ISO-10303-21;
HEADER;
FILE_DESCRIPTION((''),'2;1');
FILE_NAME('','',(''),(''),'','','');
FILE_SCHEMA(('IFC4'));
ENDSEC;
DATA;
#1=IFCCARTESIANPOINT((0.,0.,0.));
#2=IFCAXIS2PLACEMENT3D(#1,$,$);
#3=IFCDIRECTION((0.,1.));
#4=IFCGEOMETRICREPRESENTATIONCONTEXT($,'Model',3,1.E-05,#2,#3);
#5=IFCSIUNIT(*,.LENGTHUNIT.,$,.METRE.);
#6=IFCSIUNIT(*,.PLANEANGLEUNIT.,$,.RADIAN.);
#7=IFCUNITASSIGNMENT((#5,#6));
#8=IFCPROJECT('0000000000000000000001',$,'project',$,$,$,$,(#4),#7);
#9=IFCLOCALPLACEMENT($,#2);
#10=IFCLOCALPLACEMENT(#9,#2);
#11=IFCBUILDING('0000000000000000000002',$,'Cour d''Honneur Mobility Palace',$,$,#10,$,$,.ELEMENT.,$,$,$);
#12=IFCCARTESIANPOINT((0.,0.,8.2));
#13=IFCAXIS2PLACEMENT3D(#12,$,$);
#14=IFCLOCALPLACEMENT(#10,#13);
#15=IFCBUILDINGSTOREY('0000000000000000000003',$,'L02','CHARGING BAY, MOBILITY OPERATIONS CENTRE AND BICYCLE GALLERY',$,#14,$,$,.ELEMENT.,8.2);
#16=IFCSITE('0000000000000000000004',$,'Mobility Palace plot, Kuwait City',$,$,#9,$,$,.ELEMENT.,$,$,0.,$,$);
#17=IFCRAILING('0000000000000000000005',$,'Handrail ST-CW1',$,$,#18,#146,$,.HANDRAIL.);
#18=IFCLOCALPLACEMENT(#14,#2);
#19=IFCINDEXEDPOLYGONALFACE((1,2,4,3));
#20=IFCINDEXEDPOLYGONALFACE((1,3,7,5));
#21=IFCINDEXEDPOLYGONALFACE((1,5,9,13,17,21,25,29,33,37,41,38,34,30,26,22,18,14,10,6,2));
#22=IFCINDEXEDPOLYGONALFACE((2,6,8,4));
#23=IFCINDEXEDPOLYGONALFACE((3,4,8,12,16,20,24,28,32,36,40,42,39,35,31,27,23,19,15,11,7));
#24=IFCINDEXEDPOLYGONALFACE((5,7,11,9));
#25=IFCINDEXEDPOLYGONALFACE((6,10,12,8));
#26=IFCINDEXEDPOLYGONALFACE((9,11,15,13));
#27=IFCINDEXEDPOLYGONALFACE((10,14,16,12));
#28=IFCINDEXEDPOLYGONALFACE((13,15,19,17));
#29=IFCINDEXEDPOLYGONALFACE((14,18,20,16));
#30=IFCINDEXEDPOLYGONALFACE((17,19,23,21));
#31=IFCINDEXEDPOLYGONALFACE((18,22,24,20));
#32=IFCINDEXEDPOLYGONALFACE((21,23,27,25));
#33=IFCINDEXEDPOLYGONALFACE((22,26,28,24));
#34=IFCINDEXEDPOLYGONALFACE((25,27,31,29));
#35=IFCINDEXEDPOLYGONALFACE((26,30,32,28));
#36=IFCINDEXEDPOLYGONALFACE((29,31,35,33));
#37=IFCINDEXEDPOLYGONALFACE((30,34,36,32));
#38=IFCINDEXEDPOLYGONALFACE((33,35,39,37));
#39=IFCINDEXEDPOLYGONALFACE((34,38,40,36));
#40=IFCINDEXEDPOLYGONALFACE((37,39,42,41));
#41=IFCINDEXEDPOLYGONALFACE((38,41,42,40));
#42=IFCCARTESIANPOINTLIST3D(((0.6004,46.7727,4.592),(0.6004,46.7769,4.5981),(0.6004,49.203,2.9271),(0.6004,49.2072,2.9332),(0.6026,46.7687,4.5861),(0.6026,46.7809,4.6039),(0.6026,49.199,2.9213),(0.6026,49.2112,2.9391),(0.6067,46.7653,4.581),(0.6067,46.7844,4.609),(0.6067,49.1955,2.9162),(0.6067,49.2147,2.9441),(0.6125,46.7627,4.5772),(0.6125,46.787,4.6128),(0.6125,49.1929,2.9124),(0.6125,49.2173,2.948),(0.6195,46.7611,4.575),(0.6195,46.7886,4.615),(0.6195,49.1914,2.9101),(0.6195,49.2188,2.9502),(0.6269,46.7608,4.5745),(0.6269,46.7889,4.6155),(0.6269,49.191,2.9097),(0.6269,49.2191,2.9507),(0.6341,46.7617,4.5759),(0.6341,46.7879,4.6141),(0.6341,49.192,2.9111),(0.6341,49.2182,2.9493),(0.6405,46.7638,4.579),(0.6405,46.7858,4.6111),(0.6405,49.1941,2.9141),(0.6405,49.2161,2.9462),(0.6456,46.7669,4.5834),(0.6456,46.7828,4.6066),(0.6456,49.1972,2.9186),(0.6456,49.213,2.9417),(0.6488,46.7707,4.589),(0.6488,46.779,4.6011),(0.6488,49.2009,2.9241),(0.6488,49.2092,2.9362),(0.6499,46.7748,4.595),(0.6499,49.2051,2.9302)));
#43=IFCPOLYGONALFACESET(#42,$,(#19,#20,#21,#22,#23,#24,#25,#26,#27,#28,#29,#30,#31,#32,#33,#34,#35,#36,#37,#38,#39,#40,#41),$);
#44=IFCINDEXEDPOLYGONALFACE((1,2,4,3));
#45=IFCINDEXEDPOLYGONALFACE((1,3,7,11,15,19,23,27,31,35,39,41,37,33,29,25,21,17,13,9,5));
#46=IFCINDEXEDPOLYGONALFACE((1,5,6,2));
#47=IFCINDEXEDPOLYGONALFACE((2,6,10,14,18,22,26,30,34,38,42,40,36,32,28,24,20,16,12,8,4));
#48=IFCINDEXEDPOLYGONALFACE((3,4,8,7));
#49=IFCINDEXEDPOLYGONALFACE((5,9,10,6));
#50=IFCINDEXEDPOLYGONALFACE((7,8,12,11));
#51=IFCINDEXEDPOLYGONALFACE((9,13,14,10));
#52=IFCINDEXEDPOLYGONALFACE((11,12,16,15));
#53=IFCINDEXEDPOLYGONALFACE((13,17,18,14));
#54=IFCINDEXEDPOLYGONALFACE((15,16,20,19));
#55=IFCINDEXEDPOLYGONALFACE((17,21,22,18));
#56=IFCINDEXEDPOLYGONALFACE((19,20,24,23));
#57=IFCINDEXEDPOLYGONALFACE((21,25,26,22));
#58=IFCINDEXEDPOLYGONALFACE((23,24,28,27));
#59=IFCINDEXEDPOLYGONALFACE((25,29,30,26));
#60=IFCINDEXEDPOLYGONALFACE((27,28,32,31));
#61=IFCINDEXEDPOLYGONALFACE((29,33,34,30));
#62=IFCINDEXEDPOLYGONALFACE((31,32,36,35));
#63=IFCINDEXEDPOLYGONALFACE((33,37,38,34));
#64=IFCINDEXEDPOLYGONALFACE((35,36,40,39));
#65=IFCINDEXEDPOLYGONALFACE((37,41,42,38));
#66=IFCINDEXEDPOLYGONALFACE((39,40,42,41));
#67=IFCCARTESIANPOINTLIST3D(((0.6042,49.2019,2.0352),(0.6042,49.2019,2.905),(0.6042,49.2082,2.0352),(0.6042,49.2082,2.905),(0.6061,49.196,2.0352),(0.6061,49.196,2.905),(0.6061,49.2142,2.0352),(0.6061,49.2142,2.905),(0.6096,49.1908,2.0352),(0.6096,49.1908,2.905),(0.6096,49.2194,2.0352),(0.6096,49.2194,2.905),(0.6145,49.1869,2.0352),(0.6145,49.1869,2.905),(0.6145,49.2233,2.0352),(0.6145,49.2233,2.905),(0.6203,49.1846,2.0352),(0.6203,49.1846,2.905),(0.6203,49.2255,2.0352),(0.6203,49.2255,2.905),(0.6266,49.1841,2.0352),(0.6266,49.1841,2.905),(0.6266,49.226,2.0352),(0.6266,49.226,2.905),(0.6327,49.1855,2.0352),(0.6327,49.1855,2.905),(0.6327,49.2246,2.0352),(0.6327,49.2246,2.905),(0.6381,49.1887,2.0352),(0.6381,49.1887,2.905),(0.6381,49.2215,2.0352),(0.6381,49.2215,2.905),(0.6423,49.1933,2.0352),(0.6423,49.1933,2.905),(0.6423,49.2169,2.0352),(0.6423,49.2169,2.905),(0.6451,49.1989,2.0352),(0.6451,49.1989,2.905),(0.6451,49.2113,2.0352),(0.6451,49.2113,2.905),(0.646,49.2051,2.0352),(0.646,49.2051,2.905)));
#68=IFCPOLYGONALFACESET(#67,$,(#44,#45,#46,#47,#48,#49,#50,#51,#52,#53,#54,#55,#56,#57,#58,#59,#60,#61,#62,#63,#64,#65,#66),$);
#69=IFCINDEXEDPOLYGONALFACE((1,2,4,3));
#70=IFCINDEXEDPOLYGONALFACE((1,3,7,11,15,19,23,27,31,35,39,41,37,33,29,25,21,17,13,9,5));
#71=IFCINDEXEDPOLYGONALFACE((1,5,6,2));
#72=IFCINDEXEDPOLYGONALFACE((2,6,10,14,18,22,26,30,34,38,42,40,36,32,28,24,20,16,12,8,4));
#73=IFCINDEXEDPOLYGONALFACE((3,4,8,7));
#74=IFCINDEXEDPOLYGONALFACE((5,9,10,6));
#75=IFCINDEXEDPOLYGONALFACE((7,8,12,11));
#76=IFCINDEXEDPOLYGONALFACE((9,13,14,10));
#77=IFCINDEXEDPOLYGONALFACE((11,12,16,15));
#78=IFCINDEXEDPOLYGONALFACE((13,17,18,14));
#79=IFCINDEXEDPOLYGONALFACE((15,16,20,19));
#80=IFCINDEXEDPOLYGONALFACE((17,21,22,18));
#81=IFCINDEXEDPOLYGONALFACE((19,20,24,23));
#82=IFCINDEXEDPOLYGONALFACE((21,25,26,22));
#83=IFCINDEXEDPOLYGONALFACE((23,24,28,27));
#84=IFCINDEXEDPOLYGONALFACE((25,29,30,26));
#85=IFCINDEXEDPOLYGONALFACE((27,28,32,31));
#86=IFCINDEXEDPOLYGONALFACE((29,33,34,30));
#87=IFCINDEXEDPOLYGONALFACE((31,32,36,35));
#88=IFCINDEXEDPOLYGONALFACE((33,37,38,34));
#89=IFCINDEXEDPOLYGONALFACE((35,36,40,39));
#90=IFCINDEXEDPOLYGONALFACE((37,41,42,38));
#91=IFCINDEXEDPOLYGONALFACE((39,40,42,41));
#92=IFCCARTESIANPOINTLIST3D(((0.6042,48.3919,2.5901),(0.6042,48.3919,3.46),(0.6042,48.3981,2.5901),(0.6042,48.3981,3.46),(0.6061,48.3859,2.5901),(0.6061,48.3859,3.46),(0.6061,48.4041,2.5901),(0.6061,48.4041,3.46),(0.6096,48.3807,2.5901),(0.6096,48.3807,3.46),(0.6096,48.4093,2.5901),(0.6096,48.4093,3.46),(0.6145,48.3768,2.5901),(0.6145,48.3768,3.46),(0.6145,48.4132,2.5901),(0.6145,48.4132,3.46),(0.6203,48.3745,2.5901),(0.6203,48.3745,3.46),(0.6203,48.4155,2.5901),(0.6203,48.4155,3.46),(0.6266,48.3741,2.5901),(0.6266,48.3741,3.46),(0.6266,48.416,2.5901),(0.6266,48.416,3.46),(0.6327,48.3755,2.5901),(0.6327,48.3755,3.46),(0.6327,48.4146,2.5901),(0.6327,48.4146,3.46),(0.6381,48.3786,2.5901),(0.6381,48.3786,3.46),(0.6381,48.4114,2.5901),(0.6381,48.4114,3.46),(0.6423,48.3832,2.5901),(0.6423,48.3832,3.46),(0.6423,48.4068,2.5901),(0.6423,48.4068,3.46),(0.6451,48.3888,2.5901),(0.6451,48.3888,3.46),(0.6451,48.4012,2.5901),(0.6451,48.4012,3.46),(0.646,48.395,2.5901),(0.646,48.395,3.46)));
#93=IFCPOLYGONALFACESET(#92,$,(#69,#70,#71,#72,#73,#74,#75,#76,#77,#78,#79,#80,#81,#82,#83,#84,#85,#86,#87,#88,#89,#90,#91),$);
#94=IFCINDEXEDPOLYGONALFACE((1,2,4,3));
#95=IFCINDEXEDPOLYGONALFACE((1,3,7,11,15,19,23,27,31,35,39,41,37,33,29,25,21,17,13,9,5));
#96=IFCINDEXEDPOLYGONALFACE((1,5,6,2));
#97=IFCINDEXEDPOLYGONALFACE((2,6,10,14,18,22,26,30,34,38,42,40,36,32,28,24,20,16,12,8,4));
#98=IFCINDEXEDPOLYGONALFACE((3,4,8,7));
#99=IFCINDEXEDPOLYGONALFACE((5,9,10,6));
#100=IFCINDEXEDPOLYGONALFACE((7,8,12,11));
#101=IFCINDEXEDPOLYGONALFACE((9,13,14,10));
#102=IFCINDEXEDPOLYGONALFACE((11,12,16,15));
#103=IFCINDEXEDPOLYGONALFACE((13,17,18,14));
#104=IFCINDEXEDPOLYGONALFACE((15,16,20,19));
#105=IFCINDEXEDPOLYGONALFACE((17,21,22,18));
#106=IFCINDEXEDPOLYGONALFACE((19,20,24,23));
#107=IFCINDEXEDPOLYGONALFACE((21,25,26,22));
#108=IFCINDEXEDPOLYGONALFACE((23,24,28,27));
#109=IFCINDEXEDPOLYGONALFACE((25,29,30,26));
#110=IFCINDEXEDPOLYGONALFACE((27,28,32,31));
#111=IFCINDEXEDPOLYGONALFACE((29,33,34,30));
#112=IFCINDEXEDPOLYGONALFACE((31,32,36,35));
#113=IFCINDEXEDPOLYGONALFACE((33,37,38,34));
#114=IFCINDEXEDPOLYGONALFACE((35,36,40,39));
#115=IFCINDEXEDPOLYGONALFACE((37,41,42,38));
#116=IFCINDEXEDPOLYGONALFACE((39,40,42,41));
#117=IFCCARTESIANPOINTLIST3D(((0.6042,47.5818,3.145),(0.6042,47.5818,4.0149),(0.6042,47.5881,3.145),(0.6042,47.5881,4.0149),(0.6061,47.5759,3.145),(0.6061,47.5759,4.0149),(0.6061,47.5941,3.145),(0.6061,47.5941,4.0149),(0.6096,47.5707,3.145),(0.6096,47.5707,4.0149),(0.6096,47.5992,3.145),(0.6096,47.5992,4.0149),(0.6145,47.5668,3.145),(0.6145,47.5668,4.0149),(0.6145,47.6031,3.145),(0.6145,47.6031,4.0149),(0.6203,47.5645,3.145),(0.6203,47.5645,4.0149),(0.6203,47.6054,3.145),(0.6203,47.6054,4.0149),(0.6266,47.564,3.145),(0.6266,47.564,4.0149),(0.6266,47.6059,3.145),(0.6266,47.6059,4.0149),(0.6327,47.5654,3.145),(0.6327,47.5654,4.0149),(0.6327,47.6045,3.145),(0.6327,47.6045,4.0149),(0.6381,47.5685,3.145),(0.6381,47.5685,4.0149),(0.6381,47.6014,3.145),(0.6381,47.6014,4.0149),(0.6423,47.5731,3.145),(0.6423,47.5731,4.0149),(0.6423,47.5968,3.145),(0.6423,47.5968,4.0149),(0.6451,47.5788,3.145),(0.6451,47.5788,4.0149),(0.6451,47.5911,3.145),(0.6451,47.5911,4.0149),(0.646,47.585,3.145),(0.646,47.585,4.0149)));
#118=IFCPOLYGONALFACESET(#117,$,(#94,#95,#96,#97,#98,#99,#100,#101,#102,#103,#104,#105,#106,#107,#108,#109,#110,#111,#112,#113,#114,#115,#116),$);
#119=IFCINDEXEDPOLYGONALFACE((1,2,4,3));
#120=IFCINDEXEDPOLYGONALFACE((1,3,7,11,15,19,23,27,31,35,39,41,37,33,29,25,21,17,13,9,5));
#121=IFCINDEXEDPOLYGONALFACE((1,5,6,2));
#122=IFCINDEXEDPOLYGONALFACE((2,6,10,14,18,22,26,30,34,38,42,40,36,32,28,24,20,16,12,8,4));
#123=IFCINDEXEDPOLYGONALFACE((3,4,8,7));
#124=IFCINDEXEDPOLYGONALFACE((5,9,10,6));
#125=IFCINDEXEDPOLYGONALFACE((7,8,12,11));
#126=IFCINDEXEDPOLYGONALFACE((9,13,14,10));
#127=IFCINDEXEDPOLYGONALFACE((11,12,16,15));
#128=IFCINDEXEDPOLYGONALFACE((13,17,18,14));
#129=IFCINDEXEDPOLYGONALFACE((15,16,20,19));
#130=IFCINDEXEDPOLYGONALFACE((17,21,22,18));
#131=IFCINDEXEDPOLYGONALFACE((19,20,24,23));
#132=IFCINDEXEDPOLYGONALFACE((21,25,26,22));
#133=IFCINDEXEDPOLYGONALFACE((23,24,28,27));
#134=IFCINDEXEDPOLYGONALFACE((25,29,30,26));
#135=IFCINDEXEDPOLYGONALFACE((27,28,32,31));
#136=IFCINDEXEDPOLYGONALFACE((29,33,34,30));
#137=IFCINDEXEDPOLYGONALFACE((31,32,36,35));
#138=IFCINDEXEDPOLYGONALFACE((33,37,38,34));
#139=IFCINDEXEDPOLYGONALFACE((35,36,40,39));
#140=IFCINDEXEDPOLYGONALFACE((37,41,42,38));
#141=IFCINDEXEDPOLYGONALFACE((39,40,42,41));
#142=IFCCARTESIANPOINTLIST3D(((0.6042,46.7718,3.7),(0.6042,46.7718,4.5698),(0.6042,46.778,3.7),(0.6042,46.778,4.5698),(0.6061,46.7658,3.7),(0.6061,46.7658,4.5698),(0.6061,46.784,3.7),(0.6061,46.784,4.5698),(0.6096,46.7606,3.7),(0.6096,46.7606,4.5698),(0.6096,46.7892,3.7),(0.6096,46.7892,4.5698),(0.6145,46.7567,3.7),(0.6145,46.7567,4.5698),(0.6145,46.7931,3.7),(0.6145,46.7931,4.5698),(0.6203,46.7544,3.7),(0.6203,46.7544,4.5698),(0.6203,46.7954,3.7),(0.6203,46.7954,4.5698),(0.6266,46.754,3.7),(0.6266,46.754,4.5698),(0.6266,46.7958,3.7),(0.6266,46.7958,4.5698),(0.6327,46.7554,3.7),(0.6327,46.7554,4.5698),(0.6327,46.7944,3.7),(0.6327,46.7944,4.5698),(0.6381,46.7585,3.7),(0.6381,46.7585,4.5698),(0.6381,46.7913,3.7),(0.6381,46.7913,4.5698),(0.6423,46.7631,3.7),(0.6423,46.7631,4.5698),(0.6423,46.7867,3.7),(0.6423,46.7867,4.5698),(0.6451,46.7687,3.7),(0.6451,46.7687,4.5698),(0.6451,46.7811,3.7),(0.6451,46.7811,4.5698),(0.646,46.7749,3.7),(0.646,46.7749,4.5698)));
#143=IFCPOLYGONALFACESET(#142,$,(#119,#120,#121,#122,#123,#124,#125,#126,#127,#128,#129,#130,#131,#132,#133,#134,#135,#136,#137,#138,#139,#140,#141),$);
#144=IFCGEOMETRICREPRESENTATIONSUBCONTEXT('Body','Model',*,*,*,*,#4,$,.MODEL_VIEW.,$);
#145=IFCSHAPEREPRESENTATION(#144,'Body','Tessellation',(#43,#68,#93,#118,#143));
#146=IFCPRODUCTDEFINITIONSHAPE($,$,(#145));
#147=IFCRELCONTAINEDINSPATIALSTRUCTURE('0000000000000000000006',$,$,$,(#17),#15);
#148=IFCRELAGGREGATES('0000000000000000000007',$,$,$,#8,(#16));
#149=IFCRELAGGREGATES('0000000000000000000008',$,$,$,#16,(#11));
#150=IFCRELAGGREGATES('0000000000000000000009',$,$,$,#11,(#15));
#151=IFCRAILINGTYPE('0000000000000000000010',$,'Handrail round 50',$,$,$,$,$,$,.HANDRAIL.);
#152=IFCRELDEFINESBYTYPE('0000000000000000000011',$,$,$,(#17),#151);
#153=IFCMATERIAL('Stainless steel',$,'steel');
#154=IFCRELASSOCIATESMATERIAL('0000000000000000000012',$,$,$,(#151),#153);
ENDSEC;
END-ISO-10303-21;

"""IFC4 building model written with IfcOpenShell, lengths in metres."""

from ifc_helpers import new_model, si_unit, direction, frame, origin, origin_2d, place, context, subcontext, project, spatial, circle, extrude, material, type_object, element, save


model = new_model("IFC4")

# Units and contexts
model_context = context("Model", 3, precision=1e-05, world=origin(), true_north=direction((0.0, 1.0)))
body_context = subcontext(model_context, "Body", "Model", "MODEL_VIEW")
ifc_project = project(units=[si_unit("LENGTHUNIT", "METRE"), si_unit("PLANEANGLEUNIT", "RADIAN")], contexts=[model_context])

# Site, building, storey
site_placement = place(None, origin())
site = spatial("IfcSite", under=ifc_project, at=site_placement, Name="Mobility Palace plot, Kuwait City", CompositionType="ELEMENT", RefElevation=0.0)
building_placement = place(site_placement, origin())
building = spatial("IfcBuilding", under=site, at=building_placement, Name="Cour d'Honneur Mobility Palace", CompositionType="ELEMENT")
storey_placement = place(building_placement, frame((0.0, 0.0, 8.2)))
storey = spatial("IfcBuildingStorey", under=building, at=storey_placement, Name="L02", Description="CHARGING BAY, MOBILITY OPERATIONS CENTRE AND BICYCLE GALLERY", CompositionType="ELEMENT", Elevation=8.2)

# Railing
ifc_material_1 = material(Name="Stainless steel", Category="steel")
railing_type_1 = type_object("IfcRailingType", Name="Handrail round 50", PredefinedType="HANDRAIL", material=ifc_material_1)
railing_1_placement = place(storey_placement, frame((0.625, 49.2051, 2.0352)))
element("IfcRailing", 1, at=railing_1_placement, inside=storey, type_object=railing_type_1, Name="Handrail ST-CW1", PredefinedType="HANDRAIL", context=body_context, shape_type="SweptSolid", body=[
    extrude(circle(Radius=0.0249, at=origin_2d()), frame((0.0, 0.0, 0.895), z_axis=(0.0, -0.824984, 0.565156), x_axis=(1.0, 0.0, 0.0)), (0.0, 0.0, 1.0), 2.9458),
    extrude(circle(Radius=0.021, at=origin_2d()), origin(), (0.0, 0.0, 1.0), 0.8699),
    extrude(circle(Radius=0.021, at=origin_2d()), frame((0.0, -0.8101, 0.5549)), (0.0, 0.0, 1.0), 0.8699),
    extrude(circle(Radius=0.021, at=origin_2d()), frame((0.0, -1.6201, 1.1099)), (0.0, 0.0, 1.0), 0.8699),
    extrude(circle(Radius=0.021, at=origin_2d()), frame((0.0, -2.4302, 1.6648)), (0.0, 0.0, 1.0), 0.8699),
])

save(model, "model.ifc")
